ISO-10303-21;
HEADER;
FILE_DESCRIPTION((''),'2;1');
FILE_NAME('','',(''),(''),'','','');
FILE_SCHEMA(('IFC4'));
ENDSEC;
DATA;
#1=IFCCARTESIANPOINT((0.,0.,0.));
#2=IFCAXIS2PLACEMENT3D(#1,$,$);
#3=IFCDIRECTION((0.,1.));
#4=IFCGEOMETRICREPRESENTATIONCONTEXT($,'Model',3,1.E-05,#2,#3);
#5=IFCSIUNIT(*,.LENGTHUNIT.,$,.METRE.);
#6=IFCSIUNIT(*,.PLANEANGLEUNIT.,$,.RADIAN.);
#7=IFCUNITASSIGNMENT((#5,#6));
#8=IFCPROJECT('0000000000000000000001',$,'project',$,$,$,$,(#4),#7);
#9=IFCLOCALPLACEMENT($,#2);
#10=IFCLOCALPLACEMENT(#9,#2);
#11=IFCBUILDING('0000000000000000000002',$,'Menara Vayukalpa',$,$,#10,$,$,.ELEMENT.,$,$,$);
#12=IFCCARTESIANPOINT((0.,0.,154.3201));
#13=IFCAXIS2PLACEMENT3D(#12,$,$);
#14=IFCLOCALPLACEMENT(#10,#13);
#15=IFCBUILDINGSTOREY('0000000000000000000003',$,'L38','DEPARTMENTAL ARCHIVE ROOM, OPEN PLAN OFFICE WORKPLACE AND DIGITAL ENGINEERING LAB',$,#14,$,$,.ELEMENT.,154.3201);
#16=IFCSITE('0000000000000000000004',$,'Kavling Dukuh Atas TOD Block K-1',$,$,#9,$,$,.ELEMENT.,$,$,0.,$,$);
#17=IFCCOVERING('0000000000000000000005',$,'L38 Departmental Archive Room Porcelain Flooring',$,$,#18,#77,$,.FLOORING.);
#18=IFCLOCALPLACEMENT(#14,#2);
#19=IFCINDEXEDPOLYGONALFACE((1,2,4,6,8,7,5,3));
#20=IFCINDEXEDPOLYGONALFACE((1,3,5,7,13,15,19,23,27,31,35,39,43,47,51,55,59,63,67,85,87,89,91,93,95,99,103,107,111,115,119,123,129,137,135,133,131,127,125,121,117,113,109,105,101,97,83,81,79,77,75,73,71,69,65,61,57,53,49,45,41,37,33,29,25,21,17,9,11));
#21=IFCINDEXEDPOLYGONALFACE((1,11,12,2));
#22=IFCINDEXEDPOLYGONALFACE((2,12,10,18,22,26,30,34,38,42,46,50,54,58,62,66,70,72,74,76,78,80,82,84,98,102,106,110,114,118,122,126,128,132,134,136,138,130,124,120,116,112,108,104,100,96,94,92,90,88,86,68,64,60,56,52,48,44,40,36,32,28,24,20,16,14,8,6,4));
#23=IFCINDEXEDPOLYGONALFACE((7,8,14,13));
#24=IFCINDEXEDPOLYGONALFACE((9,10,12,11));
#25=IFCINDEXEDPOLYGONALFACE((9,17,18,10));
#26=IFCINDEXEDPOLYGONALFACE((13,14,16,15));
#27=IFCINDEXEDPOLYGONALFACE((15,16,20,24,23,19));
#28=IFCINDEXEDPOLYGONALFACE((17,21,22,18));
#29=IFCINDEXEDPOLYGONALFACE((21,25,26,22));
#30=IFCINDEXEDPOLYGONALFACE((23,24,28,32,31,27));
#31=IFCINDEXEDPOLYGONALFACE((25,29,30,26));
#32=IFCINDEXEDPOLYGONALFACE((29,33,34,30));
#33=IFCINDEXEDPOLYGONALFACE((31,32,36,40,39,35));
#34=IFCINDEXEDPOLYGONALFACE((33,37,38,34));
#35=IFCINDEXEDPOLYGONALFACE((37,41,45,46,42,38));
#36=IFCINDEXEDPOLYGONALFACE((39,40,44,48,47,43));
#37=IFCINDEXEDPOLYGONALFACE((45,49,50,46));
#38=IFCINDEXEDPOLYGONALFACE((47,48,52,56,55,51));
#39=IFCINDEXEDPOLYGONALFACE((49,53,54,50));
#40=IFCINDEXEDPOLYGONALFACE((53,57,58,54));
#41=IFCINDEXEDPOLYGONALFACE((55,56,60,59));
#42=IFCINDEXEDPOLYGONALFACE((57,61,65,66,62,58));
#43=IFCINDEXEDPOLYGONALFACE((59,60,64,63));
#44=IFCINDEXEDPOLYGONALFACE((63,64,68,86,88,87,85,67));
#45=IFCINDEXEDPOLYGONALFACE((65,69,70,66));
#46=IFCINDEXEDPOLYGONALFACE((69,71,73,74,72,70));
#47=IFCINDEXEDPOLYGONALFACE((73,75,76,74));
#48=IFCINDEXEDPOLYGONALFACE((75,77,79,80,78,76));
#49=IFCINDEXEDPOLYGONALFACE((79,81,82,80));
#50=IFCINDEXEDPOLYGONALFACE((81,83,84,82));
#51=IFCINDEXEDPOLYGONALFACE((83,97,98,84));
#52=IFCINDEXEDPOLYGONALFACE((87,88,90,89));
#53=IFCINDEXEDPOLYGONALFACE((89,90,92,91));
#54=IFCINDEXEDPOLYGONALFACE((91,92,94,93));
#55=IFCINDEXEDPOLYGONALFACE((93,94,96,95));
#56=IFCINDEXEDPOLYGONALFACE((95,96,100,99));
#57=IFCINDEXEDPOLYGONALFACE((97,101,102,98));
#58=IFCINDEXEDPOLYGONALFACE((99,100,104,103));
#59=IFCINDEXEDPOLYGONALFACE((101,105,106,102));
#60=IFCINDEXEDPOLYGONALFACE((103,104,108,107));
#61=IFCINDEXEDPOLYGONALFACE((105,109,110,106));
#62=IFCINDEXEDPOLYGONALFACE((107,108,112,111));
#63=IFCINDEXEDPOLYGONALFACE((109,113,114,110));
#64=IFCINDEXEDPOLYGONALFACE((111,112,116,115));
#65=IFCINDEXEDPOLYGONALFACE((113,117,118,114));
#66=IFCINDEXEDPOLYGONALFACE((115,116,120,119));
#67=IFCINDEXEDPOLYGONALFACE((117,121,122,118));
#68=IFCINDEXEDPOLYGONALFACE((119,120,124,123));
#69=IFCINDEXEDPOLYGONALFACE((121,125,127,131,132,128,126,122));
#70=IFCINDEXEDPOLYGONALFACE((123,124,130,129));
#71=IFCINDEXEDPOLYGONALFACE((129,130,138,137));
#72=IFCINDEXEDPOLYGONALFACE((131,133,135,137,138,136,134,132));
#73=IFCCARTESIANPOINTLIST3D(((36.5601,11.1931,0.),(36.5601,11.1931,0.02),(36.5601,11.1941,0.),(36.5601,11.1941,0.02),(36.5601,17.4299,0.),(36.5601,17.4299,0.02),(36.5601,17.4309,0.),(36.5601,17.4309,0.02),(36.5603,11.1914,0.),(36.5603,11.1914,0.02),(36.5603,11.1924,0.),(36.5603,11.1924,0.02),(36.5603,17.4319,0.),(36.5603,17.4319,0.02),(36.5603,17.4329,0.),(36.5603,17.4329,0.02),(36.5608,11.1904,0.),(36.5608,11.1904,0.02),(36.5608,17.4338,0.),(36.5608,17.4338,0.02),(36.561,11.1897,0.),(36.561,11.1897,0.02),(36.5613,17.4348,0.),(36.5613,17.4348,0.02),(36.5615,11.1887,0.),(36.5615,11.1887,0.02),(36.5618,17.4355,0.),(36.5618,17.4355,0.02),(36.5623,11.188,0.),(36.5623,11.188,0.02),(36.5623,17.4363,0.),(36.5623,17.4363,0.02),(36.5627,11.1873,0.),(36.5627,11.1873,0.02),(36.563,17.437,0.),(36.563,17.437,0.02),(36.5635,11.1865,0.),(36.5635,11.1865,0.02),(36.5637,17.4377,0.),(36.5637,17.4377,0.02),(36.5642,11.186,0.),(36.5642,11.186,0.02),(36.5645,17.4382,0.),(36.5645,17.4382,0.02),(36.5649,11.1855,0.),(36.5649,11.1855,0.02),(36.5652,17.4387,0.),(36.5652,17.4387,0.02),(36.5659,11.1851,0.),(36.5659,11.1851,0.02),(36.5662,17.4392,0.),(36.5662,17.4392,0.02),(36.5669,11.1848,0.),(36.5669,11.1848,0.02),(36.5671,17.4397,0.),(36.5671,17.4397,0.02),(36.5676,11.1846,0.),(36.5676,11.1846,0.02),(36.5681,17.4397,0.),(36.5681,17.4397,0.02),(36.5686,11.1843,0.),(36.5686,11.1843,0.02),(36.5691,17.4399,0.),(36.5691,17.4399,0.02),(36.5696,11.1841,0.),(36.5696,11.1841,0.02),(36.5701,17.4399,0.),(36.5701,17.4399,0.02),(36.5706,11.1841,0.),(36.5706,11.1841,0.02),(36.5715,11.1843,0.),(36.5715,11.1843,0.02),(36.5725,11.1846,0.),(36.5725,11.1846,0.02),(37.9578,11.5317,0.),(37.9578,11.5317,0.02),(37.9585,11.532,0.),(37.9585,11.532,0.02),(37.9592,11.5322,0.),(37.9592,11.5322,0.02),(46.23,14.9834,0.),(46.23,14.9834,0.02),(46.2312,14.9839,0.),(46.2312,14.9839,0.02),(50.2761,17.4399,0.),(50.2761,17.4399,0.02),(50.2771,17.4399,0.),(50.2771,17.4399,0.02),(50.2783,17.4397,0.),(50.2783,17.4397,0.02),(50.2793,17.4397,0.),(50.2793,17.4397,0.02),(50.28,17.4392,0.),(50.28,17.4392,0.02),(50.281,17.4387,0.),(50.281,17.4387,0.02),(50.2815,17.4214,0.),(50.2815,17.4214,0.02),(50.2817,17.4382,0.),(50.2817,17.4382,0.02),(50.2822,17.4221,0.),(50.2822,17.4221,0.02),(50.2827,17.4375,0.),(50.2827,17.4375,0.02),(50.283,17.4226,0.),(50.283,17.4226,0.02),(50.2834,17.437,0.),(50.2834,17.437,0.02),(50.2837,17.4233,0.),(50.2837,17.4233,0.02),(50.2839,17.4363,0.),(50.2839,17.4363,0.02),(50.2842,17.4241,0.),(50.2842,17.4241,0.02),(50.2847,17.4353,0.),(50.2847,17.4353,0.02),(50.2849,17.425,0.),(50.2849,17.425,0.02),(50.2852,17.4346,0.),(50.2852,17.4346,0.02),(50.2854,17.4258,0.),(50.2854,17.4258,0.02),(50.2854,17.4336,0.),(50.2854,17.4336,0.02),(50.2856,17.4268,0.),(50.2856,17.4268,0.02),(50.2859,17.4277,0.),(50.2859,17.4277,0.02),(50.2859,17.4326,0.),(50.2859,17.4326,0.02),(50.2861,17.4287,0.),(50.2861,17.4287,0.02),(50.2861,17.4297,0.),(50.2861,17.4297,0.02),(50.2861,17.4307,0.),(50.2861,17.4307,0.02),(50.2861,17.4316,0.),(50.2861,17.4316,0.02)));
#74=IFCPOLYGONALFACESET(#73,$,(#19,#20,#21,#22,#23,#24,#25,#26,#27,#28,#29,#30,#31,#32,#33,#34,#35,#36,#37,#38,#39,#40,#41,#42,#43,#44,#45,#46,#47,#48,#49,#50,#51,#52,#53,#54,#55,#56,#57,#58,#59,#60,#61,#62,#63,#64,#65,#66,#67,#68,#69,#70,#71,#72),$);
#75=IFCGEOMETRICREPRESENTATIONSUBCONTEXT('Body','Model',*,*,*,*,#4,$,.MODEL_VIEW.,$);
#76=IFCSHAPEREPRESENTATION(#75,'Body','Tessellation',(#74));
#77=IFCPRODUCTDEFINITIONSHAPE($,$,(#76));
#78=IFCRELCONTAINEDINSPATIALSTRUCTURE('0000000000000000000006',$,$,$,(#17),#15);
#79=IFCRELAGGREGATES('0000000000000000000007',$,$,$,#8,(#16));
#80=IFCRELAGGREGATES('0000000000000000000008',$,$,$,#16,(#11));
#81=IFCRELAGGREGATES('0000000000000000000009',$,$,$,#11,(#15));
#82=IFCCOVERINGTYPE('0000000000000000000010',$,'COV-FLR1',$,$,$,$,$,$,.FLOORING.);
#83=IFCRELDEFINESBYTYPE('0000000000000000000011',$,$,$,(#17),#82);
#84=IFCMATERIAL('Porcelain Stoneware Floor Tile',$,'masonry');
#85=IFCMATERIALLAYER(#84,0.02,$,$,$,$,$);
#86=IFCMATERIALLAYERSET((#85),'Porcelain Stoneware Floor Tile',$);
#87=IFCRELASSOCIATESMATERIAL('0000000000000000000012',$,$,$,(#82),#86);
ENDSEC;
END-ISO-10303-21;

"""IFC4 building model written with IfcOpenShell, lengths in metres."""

from ifc_helpers import new_model, si_unit, direction, frame, origin, place, context, subcontext, project, spatial, polyline, outline, extrude, material, layer, layer_set, type_object, element, save


model = new_model("IFC4")

# Units and contexts
model_context = context("Model", 3, precision=1e-05, world=origin(), true_north=direction((0.0, 1.0)))
body_context = subcontext(model_context, "Body", "Model", "MODEL_VIEW")
ifc_project = project(units=[si_unit("LENGTHUNIT", "METRE"), si_unit("PLANEANGLEUNIT", "RADIAN")], contexts=[model_context])

# Site, building, storey
site_placement = place(None, origin())
site = spatial("IfcSite", under=ifc_project, at=site_placement, Name="Kavling Dukuh Atas TOD Block K-1", CompositionType="ELEMENT", RefElevation=0.0)
building_placement = place(site_placement, origin())
building = spatial("IfcBuilding", under=site, at=building_placement, Name="Menara Vayukalpa", CompositionType="ELEMENT")
storey_placement = place(building_placement, frame((0.0, 0.0, 154.3201)))
storey = spatial("IfcBuildingStorey", under=building, at=storey_placement, Name="L38", Description="DEPARTMENTAL ARCHIVE ROOM, OPEN PLAN OFFICE WORKPLACE AND DIGITAL ENGINEERING LAB", CompositionType="ELEMENT", Elevation=154.3201)

# Covering
ifc_material_1 = material(Name="Porcelain Stoneware Floor Tile", Category="masonry")
ifc_layer_1 = layer(ifc_material_1, 0.02)
ifc_layer_set_1 = layer_set([ifc_layer_1], Name="Porcelain Stoneware Floor Tile")
covering_type_1 = type_object("IfcCoveringType", Name="COV-FLR1", PredefinedType="FLOORING", material=ifc_layer_set_1)
covering_1_placement = place(storey_placement, origin())
element("IfcCovering", 1, at=covering_1_placement, inside=storey, type_object=covering_type_1, Name="L38 Departmental Archive Room Porcelain Flooring", PredefinedType="FLOORING", context=body_context, shape_type="SweptSolid", body=[
    extrude(outline(polyline([(37.9585, 11.532), (37.9578, 11.5317), (36.5725, 11.1846), (36.5715, 11.1843), (36.5706, 11.1841), (36.5696, 11.1841), (36.5686, 11.1843), (36.5676, 11.1846), (36.5669, 11.1848), (36.5659, 11.1851), (36.5649, 11.1855), (36.5642, 11.186), (36.5635, 11.1865), (36.5627, 11.1873), (36.5623, 11.188), (36.5615, 11.1887), (36.561, 11.1897), (36.5608, 11.1904), (36.5603, 11.1914), (36.5603, 11.1924), (36.5601, 11.1931), (36.5601, 11.1941), (36.5601, 17.4299), (36.5601, 17.4309), (36.5603, 17.4319), (36.5603, 17.4329), (36.5608, 17.4338), (36.5613, 17.4348), (36.5618, 17.4355), (36.5623, 17.4363), (36.563, 17.437), (36.5637, 17.4377), (36.5645, 17.4382), (36.5652, 17.4387), (36.5662, 17.4392), (36.5671, 17.4397), (36.5681, 17.4397), (36.5691, 17.4399), (36.5701, 17.4399), (50.2761, 17.4399), (50.2771, 17.4399), (50.2783, 17.4397), (50.2793, 17.4397), (50.28, 17.4392), (50.281, 17.4387), (50.2817, 17.4382), (50.2827, 17.4375), (50.2834, 17.437), (50.2839, 17.4363), (50.2847, 17.4353), (50.2852, 17.4346), (50.2854, 17.4336), (50.2859, 17.4326), (50.2861, 17.4316), (50.2861, 17.4307), (50.2861, 17.4297), (50.2861, 17.4287), (50.2859, 17.4277), (50.2856, 17.4268), (50.2854, 17.4258), (50.2849, 17.425), (50.2842, 17.4241), (50.2837, 17.4233), (50.283, 17.4226), (50.2822, 17.4221), (50.2815, 17.4214), (46.2312, 14.9839), (46.23, 14.9834), (37.9592, 11.5322), (37.9585, 11.532)])), origin(), (0.0, 0.0, 1.0), 0.02),
])

save(model, "model.ifc")
